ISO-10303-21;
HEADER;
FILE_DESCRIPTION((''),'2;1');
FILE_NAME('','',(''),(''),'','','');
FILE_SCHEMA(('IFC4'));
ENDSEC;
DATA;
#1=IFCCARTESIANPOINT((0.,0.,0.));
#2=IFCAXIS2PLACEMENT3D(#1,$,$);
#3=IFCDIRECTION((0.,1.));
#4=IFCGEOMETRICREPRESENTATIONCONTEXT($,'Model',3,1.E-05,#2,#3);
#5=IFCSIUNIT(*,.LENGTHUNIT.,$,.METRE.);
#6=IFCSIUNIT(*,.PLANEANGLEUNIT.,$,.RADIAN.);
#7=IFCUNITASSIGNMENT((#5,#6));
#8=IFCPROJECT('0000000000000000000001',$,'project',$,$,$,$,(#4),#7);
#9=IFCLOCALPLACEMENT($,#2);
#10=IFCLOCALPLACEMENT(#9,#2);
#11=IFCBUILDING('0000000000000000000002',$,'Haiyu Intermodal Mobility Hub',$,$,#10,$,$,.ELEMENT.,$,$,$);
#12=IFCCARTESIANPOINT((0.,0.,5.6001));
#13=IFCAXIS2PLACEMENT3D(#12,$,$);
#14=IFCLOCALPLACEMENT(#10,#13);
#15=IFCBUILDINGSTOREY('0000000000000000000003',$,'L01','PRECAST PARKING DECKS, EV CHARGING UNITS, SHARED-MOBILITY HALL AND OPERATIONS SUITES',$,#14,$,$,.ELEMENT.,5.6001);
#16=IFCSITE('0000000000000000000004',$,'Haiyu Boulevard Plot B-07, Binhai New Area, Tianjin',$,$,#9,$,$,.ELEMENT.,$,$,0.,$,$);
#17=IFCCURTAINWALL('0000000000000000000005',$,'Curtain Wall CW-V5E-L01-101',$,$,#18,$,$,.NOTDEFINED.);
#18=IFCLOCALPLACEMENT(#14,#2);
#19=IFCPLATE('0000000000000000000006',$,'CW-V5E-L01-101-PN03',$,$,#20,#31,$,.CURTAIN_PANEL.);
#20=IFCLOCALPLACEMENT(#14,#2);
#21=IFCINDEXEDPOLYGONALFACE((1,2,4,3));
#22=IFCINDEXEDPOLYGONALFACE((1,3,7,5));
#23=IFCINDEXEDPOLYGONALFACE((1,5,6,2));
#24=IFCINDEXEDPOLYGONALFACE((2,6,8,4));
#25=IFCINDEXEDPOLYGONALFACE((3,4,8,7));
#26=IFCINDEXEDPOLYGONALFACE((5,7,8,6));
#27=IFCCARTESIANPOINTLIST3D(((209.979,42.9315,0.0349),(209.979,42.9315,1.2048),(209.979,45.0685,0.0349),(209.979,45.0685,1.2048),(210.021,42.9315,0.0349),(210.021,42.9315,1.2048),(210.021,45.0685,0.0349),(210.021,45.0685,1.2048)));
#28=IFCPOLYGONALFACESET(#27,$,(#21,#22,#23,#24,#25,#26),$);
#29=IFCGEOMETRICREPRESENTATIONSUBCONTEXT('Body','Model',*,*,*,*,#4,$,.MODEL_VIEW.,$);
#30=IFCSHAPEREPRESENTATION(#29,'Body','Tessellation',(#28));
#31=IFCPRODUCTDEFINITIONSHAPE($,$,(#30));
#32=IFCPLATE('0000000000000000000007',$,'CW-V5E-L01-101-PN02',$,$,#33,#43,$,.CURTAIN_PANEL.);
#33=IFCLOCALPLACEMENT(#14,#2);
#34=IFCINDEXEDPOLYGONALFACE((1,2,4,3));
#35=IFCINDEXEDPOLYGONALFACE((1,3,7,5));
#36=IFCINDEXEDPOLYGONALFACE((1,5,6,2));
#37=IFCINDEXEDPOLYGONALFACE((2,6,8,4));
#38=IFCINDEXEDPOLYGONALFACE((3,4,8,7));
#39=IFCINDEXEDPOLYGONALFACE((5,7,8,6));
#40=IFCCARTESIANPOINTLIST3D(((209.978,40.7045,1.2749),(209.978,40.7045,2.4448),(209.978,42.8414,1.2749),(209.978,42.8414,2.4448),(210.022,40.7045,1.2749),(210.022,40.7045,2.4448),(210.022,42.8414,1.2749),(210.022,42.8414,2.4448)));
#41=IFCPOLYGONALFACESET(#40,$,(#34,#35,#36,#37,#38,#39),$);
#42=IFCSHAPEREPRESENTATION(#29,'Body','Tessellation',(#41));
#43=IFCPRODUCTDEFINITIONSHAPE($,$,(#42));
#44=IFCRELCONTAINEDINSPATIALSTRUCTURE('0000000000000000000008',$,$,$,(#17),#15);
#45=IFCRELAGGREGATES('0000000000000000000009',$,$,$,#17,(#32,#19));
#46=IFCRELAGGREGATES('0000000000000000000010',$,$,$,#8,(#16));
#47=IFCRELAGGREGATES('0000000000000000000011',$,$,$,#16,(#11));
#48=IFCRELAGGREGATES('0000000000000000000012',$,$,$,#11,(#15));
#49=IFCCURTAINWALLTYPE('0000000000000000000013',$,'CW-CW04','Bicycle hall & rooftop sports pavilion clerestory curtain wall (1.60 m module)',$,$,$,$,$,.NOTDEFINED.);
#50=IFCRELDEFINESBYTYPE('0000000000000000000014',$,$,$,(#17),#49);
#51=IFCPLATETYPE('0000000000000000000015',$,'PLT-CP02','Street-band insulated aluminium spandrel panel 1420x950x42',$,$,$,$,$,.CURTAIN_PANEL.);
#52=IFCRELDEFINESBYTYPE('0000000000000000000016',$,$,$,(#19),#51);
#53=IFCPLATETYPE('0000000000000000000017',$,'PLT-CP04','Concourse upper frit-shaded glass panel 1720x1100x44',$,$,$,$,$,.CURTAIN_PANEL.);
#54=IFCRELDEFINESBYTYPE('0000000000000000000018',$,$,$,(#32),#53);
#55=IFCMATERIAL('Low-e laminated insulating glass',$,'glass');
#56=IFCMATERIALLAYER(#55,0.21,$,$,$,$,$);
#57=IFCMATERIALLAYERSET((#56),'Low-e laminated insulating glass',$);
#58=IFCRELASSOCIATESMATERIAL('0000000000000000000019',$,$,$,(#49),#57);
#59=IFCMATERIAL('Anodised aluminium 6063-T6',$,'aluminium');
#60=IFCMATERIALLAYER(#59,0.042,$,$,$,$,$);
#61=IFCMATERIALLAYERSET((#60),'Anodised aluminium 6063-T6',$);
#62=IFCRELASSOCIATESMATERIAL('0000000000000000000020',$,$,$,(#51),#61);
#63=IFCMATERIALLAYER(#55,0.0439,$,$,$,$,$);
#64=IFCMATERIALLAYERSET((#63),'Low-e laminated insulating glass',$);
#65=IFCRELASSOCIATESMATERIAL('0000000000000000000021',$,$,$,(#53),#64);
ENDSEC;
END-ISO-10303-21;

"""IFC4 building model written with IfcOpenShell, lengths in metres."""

from ifc_helpers import new_model, si_unit, direction, frame, origin, origin_2d, place, context, subcontext, project, spatial, rectangle, extrude, material, layer, layer_set, type_object, element, aggregate, save


model = new_model("IFC4")

# Units and contexts
model_context = context("Model", 3, precision=1e-05, world=origin(), true_north=direction((0.0, 1.0)))
body_context = subcontext(model_context, "Body", "Model", "MODEL_VIEW")
ifc_project = project(units=[si_unit("LENGTHUNIT", "METRE"), si_unit("PLANEANGLEUNIT", "RADIAN")], contexts=[model_context])

# Site, building, storey
site_placement = place(None, origin())
site = spatial("IfcSite", under=ifc_project, at=site_placement, Name="Haiyu Boulevard Plot B-07, Binhai New Area, Tianjin", CompositionType="ELEMENT", RefElevation=0.0)
building_placement = place(site_placement, origin())
building = spatial("IfcBuilding", under=site, at=building_placement, Name="Haiyu Intermodal Mobility Hub", CompositionType="ELEMENT")
storey_placement = place(building_placement, frame((0.0, 0.0, 5.6001)))
storey = spatial("IfcBuildingStorey", under=building, at=storey_placement, Name="L01", Description="PRECAST PARKING DECKS, EV CHARGING UNITS, SHARED-MOBILITY HALL AND OPERATIONS SUITES", CompositionType="ELEMENT", Elevation=5.6001)

# Curtain wall, plates
ifc_material_1 = material(Name="Low-e laminated insulating glass", Category="glass")
ifc_layer_1 = layer(ifc_material_1, 0.21)
ifc_layer_set_1 = layer_set([ifc_layer_1], Name="Low-e laminated insulating glass")
curtain_wall_type = type_object("IfcCurtainWallType", Name="CW-CW04", Description="Bicycle hall & rooftop sports pavilion clerestory curtain wall (1.60 m module)", PredefinedType="NOTDEFINED", material=ifc_layer_set_1)
curtain_wall_placement = place(storey_placement, origin())
curtain_wall = element("IfcCurtainWall", 1, at=curtain_wall_placement, inside=storey, type_object=curtain_wall_type, Name="Curtain Wall CW-V5E-L01-101", PredefinedType="NOTDEFINED")
ifc_material_2 = material(Name="Anodised aluminium 6063-T6", Category="aluminium")
ifc_layer_2 = layer(ifc_material_2, 0.042)
ifc_layer_set_2 = layer_set([ifc_layer_2], Name="Anodised aluminium 6063-T6")
plate_type_1 = type_object("IfcPlateType", Name="PLT-CP02", Description="Street-band insulated aluminium spandrel panel 1420x950x42", PredefinedType="CURTAIN_PANEL", material=ifc_layer_set_2)
plate_1_placement = place(storey_placement, frame((210.0, 44.0, 0.0349), z_axis=(0.0, 0.0, 1.0), x_axis=(0.0, 1.0, 0.0)))
plate_1 = element("IfcPlate", 2, at=plate_1_placement, type_object=plate_type_1, Name="CW-V5E-L01-101-PN03", PredefinedType="CURTAIN_PANEL", context=body_context, shape_type="SweptSolid", body=[
    extrude(rectangle(XDim=2.137, YDim=0.042, at=origin_2d()), origin(), (0.0, 0.0, 1.0), 1.1699),
])
ifc_layer_3 = layer(ifc_material_1, 0.0439)
ifc_layer_set_3 = layer_set([ifc_layer_3], Name="Low-e laminated insulating glass")
plate_type_2 = type_object("IfcPlateType", Name="PLT-CP04", Description="Concourse upper frit-shaded glass panel 1720x1100x44", PredefinedType="CURTAIN_PANEL", material=ifc_layer_set_3)
plate_2_placement = place(storey_placement, frame((210.0, 41.7729, 1.2749), z_axis=(0.0, 0.0, 1.0), x_axis=(0.0, 1.0, 0.0)))
plate_2 = element("IfcPlate", 3, at=plate_2_placement, type_object=plate_type_2, Name="CW-V5E-L01-101-PN02", PredefinedType="CURTAIN_PANEL", context=body_context, shape_type="SweptSolid", body=[
    extrude(rectangle(XDim=2.137, YDim=0.0439, at=origin_2d()), origin(), (0.0, 0.0, 1.0), 1.1699),
])
aggregate(curtain_wall, [plate_2, plate_1])

save(model, "model.ifc")
